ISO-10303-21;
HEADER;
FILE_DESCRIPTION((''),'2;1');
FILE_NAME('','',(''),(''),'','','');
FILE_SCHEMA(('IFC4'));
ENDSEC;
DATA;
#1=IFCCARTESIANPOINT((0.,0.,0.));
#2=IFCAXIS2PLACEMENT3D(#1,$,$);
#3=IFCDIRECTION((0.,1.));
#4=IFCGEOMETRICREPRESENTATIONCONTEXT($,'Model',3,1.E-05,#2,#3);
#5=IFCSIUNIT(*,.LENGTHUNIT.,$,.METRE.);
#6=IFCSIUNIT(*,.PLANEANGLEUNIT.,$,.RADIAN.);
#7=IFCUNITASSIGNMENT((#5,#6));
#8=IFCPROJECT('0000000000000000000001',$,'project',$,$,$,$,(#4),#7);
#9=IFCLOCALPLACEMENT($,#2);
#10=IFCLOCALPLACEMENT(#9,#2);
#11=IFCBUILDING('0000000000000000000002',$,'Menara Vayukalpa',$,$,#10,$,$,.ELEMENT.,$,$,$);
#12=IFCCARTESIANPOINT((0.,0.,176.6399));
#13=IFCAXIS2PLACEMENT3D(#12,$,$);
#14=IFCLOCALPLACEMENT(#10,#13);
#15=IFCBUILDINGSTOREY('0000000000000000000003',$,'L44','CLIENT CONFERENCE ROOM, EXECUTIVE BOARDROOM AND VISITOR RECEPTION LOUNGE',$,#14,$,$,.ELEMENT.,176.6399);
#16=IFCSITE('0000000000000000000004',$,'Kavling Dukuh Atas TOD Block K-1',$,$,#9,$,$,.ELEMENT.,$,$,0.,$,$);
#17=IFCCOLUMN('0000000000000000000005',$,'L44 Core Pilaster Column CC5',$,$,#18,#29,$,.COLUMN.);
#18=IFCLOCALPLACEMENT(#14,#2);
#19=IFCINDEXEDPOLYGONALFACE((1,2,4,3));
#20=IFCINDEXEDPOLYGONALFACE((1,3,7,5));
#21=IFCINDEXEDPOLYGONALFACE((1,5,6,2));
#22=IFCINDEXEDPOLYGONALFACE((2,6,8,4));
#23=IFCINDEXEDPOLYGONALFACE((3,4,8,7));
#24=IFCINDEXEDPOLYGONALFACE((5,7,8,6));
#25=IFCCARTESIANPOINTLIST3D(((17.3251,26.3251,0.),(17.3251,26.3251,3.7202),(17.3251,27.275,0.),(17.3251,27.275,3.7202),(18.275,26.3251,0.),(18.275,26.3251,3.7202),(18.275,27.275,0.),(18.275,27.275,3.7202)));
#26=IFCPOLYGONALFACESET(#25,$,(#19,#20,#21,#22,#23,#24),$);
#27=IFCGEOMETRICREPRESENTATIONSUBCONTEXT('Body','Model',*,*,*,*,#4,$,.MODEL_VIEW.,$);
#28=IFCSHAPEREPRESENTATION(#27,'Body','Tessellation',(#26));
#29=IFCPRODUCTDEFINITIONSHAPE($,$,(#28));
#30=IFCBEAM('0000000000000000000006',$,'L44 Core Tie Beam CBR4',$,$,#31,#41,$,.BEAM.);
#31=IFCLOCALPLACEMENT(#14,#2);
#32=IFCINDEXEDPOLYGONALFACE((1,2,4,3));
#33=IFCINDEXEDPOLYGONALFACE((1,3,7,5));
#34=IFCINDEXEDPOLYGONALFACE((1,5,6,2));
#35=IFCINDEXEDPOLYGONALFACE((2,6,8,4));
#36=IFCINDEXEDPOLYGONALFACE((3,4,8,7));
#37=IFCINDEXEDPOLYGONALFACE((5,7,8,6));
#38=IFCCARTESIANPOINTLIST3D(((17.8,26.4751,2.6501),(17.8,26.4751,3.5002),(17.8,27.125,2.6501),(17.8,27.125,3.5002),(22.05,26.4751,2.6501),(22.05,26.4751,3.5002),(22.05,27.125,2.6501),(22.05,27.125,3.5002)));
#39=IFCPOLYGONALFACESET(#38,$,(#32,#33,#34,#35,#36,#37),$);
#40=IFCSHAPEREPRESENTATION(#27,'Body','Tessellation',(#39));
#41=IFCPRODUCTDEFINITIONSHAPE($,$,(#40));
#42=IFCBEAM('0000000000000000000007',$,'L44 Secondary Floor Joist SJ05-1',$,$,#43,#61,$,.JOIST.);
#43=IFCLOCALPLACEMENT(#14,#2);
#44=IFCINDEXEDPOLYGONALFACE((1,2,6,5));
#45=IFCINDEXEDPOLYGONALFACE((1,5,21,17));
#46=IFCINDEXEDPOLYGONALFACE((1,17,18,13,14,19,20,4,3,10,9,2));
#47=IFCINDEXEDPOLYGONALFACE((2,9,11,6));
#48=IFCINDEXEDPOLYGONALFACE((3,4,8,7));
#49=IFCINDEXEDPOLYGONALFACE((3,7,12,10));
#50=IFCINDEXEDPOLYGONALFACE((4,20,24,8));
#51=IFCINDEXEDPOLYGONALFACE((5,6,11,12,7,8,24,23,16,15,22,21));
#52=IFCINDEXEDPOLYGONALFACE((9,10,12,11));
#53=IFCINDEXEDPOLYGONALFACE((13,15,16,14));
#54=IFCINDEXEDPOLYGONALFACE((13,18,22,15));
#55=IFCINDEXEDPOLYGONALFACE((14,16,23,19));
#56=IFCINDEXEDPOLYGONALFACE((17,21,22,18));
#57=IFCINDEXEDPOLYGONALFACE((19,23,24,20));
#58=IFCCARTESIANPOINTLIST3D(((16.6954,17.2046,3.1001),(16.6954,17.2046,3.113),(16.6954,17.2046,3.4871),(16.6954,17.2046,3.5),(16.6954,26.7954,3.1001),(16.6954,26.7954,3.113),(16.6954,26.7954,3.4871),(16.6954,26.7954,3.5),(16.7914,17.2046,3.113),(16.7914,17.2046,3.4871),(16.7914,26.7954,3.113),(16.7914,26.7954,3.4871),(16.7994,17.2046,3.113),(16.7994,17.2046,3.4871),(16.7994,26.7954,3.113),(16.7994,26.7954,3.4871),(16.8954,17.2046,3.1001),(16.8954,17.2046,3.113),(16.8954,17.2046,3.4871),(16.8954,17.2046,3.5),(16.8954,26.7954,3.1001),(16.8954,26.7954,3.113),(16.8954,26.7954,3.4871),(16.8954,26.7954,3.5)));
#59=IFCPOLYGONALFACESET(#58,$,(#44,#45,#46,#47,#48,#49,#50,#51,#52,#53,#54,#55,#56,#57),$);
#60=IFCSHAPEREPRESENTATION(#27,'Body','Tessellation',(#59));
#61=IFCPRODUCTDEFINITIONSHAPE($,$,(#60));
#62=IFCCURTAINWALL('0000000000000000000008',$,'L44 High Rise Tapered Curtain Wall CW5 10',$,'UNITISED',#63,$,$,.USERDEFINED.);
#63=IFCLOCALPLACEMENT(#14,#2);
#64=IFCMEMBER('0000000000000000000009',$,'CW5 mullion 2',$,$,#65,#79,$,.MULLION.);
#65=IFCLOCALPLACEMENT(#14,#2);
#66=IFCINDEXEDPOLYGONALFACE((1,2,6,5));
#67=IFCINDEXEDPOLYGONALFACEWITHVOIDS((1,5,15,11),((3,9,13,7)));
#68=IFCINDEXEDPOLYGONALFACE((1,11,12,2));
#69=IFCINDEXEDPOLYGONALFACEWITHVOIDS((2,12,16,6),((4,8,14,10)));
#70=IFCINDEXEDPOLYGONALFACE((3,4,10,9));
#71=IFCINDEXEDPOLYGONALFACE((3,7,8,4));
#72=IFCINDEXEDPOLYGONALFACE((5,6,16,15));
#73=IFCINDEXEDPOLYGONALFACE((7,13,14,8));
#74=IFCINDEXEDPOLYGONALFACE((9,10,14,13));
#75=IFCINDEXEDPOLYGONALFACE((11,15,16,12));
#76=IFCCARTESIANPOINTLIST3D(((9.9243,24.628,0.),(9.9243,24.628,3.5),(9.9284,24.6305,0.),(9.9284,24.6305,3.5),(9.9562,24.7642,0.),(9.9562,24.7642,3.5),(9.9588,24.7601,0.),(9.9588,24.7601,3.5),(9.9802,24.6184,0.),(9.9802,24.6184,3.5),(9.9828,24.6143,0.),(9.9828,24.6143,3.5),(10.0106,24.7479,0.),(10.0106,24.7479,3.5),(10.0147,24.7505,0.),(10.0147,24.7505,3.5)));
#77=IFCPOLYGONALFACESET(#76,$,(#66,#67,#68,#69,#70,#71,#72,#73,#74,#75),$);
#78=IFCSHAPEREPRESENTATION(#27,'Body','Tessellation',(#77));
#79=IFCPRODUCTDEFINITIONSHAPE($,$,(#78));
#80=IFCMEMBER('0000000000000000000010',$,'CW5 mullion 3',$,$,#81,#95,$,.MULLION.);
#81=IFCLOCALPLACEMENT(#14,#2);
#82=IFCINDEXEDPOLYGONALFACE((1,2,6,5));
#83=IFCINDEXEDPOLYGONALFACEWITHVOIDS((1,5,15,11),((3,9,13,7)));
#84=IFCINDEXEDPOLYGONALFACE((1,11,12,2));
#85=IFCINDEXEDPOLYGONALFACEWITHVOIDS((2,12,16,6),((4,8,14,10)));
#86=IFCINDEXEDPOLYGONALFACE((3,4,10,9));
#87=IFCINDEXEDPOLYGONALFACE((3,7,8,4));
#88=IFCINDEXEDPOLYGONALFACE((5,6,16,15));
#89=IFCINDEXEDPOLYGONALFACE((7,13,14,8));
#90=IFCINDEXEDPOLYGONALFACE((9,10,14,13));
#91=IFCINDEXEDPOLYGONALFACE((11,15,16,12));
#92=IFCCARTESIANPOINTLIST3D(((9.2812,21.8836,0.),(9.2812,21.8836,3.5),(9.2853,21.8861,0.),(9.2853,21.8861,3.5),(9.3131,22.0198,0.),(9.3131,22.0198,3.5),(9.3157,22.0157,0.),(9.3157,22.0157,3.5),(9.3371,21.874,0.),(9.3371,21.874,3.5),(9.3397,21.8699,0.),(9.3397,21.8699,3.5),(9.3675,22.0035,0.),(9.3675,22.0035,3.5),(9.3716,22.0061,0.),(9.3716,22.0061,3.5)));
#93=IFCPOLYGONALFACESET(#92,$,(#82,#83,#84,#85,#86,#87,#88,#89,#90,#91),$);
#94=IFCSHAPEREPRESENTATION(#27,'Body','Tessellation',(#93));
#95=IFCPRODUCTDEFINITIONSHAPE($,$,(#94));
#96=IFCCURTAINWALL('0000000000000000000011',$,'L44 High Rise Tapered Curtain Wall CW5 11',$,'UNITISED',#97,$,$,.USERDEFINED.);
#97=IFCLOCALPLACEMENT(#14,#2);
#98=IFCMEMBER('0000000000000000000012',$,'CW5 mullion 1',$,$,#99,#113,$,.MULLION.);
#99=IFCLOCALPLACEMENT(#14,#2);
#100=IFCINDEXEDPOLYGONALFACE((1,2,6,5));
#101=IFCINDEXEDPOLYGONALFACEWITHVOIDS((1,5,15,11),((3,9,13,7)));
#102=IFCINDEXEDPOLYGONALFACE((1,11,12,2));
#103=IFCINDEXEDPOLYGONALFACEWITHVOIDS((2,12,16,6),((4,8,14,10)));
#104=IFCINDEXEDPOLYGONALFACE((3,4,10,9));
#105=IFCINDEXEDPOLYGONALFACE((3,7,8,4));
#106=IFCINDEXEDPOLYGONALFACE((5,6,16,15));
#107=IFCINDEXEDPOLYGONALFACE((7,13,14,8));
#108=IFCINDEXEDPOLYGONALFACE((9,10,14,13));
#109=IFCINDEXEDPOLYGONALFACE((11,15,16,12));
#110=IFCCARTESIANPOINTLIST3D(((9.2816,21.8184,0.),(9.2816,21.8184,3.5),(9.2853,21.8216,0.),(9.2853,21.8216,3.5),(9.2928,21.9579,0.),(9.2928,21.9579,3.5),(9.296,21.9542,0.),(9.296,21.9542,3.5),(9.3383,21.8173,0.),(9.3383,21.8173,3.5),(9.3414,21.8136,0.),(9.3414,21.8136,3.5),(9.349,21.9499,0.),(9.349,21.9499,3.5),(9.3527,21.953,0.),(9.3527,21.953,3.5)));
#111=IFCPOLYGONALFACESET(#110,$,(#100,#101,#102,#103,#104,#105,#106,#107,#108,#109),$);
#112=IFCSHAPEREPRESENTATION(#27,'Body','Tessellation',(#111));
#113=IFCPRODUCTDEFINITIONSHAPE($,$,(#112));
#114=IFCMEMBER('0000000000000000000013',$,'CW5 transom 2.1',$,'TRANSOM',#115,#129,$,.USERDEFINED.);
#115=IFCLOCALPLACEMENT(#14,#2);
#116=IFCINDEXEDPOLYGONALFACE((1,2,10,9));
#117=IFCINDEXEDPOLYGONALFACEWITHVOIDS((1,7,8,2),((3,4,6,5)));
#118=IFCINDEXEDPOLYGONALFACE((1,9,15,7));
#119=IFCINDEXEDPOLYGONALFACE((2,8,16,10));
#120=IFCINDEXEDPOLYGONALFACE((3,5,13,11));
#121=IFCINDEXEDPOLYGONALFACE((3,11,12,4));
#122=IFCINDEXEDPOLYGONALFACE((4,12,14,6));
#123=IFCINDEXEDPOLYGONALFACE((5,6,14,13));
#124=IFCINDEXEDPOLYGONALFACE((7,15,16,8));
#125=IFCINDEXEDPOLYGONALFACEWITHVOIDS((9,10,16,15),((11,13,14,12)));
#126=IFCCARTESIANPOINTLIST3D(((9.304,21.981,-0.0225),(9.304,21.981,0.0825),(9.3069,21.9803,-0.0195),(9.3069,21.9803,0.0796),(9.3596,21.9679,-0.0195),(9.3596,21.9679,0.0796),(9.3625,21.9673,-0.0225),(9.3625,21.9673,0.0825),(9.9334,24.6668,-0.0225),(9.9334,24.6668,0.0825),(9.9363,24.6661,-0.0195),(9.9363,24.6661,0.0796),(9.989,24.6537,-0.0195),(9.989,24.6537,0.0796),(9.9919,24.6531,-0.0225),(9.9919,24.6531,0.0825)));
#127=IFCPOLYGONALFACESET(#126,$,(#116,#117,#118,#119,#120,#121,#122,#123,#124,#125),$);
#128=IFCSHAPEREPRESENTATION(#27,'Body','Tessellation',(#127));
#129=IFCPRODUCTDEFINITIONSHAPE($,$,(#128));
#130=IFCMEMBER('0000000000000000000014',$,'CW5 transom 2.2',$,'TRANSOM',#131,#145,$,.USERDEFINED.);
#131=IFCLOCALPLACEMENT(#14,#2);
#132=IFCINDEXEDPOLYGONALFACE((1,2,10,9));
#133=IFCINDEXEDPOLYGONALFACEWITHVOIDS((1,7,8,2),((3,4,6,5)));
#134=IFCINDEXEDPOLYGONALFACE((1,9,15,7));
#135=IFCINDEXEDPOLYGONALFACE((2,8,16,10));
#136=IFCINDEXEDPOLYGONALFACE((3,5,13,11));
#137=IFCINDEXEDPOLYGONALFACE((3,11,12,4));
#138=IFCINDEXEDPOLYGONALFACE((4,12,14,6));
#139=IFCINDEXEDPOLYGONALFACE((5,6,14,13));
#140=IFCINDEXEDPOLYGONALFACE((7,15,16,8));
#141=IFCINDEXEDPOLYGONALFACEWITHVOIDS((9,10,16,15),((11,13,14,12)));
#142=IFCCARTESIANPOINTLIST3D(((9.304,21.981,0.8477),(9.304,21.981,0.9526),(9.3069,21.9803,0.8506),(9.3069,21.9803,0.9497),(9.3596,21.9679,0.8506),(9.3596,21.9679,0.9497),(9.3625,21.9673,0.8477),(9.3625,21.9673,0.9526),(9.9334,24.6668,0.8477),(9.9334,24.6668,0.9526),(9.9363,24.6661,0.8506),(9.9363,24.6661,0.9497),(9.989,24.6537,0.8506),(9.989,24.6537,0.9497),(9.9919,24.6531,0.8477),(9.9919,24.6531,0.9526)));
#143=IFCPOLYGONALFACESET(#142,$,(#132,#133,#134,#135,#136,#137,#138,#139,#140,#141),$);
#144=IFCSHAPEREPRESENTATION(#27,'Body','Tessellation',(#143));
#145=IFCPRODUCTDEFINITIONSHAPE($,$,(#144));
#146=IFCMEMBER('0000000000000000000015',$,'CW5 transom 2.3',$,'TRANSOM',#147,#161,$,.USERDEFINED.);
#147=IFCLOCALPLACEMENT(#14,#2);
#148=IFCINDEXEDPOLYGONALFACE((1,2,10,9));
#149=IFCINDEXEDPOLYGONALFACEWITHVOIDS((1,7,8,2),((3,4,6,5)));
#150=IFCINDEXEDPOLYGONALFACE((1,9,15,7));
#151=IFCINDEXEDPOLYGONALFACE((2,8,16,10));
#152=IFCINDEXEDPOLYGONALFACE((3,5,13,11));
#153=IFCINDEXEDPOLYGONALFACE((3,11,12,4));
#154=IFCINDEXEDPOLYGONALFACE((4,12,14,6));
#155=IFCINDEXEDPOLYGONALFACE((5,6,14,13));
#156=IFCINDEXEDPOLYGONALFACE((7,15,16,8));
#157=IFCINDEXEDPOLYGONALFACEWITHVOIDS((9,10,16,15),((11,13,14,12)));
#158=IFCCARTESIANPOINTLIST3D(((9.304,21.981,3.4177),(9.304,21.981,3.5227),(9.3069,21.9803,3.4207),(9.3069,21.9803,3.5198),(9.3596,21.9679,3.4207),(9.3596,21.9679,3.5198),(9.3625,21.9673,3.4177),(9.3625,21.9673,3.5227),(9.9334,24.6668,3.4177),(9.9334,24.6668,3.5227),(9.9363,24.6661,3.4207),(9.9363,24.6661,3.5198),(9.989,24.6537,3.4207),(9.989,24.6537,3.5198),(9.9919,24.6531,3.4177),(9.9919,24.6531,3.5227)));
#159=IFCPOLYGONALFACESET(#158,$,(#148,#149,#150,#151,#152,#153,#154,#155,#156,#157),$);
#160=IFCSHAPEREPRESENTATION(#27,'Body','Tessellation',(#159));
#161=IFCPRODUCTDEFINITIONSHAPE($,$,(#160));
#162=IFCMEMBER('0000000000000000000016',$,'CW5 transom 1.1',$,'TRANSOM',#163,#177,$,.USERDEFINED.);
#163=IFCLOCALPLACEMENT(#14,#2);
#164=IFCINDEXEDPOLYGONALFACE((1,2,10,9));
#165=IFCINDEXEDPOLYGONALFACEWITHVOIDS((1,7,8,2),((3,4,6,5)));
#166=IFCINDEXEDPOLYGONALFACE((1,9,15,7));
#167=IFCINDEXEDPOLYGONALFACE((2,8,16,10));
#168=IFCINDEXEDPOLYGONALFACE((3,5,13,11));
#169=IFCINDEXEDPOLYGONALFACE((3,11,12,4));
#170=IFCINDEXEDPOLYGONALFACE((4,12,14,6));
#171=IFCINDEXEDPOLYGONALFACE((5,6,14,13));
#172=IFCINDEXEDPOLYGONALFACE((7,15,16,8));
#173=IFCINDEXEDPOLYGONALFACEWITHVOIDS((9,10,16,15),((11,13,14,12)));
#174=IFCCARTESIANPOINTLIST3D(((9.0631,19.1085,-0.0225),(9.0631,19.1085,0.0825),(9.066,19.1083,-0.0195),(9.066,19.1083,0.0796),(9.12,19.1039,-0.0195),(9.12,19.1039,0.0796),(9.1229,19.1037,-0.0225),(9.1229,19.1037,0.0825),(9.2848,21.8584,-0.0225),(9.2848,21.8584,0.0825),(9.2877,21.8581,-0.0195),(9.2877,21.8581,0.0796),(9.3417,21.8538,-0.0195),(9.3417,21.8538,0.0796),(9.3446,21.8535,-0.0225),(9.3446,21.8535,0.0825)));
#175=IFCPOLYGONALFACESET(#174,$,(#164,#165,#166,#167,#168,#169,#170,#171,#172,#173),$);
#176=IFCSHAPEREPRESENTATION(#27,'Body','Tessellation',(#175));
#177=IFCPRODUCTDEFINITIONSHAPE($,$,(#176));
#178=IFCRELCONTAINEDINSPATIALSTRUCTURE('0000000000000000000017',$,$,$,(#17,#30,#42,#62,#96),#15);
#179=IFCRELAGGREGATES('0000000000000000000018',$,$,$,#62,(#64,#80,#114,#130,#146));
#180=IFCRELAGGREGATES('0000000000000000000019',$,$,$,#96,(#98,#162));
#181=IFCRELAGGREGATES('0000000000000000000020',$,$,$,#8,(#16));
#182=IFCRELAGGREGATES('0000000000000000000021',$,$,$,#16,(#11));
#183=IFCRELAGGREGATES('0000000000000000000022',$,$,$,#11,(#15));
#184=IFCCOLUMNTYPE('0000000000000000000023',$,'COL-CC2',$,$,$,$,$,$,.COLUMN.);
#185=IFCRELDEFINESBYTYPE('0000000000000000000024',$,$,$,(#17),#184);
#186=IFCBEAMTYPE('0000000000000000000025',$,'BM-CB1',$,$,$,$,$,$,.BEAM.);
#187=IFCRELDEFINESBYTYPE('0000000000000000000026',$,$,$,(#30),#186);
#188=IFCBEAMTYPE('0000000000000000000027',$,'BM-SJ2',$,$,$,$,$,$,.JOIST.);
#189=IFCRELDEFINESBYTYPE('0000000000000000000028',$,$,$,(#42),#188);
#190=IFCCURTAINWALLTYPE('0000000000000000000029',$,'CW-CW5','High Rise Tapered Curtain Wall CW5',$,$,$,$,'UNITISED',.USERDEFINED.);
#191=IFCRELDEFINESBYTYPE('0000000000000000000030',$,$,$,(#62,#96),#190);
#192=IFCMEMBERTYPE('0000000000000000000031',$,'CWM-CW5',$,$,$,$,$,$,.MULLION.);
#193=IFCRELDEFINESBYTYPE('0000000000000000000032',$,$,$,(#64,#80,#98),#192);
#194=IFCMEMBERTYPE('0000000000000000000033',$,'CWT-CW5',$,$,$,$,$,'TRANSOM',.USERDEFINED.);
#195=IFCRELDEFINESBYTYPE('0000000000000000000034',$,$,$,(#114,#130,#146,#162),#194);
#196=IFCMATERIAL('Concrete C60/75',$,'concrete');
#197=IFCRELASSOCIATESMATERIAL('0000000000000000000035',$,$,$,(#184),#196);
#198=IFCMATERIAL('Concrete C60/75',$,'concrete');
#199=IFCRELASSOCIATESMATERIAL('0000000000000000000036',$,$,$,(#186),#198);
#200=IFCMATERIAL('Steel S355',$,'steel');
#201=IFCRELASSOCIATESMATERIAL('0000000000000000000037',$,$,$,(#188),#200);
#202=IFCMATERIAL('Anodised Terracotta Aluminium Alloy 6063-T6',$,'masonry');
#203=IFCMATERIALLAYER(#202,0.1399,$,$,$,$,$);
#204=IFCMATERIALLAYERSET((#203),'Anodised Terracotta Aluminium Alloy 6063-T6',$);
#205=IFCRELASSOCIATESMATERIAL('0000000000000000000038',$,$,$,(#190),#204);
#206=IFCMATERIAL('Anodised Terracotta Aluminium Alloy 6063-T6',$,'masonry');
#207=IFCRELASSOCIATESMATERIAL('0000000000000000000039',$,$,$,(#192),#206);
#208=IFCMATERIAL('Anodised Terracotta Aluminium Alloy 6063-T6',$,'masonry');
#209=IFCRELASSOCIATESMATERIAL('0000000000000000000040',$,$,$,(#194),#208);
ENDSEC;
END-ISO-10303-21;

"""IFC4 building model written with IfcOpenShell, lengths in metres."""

from ifc_helpers import new_model, si_unit, direction, frame, origin, origin_2d, place, context, subcontext, project, spatial, rectangle, hollow_rectangle, i_section, extrude, material, layer, layer_set, material_profile, profile_set, type_object, element, aggregate, save


model = new_model("IFC4")

# Units and contexts
model_context = context("Model", 3, precision=1e-05, world=origin(), true_north=direction((0.0, 1.0)))
body_context = subcontext(model_context, "Body", "Model", "MODEL_VIEW")
ifc_project = project(units=[si_unit("LENGTHUNIT", "METRE"), si_unit("PLANEANGLEUNIT", "RADIAN")], contexts=[model_context])

# Site, building, storey
site_placement = place(None, origin())
site = spatial("IfcSite", under=ifc_project, at=site_placement, Name="Kavling Dukuh Atas TOD Block K-1", CompositionType="ELEMENT", RefElevation=0.0)
building_placement = place(site_placement, origin())
building = spatial("IfcBuilding", under=site, at=building_placement, Name="Menara Vayukalpa", CompositionType="ELEMENT")
storey_placement = place(building_placement, frame((0.0, 0.0, 176.6399)))
storey = spatial("IfcBuildingStorey", under=building, at=storey_placement, Name="L44", Description="CLIENT CONFERENCE ROOM, EXECUTIVE BOARDROOM AND VISITOR RECEPTION LOUNGE", CompositionType="ELEMENT", Elevation=176.6399)

# Column
ifc_material_1 = material(Name="Concrete C60/75", Category="concrete")
ifc_material_profile_1 = material_profile(ifc_material_1, rectangle(XDim=0.95, YDim=0.95, at=origin_2d()), Name="RC 950x950")
ifc_profile_set_1 = profile_set([ifc_material_profile_1], Name="Concrete C60/75")
column_type = type_object("IfcColumnType", Name="COL-CC2", PredefinedType="COLUMN", material=ifc_profile_set_1)
column_placement = place(storey_placement, frame((17.8, 26.8, 0.0), z_axis=(0.0, 0.0, 1.0), x_axis=(1.0, 0.0, 0.0)))
element("IfcColumn", 1, at=column_placement, inside=storey, type_object=column_type, Name="L44 Core Pilaster Column CC5", PredefinedType="COLUMN", context=body_context, shape_type="SweptSolid", body=[
    extrude(rectangle(XDim=0.95, YDim=0.95, at=origin_2d()), origin(), (0.0, 0.0, 1.0), 3.7202),
])

# Beams
ifc_material_2 = material(Name="Concrete C60/75", Category="concrete")
ifc_material_profile_2 = material_profile(ifc_material_2, rectangle(XDim=0.6499, YDim=0.8501, at=origin_2d()), Name="RC 650x850")
ifc_profile_set_2 = profile_set([ifc_material_profile_2], Name="Concrete C60/75")
beam_type_1 = type_object("IfcBeamType", Name="BM-CB1", PredefinedType="BEAM", material=ifc_profile_set_2)
beam_1_placement = place(storey_placement, frame((17.8, 26.8, 3.0752), z_axis=(1.0, 0.0, 0.0), x_axis=(0.0, 1.0, 0.0)))
element("IfcBeam", 2, at=beam_1_placement, inside=storey, type_object=beam_type_1, Name="L44 Core Tie Beam CBR4", PredefinedType="BEAM", context=body_context, shape_type="SweptSolid", body=[
    extrude(rectangle(XDim=0.6499, YDim=0.8501, at=origin_2d()), origin(), (0.0, 0.0, 1.0), 4.25),
])
ifc_material_3 = material(Name="Steel S355", Category="steel")
ifc_material_profile_3 = material_profile(ifc_material_3, i_section(OverallWidth=0.2, OverallDepth=0.3999, WebThickness=0.0081, FlangeThickness=0.0129, at=origin_2d()), Name="WF 400x200x8x13")
ifc_profile_set_3 = profile_set([ifc_material_profile_3], Name="Steel S355")
beam_type_2 = type_object("IfcBeamType", Name="BM-SJ2", PredefinedType="JOIST", material=ifc_profile_set_3)
beam_2_placement = place(storey_placement, frame((16.7954, 26.7954, 3.3), z_axis=(0.0, -1.0, 0.0), x_axis=(1.0, 0.0, 0.0)))
element("IfcBeam", 3, at=beam_2_placement, inside=storey, type_object=beam_type_2, Name="L44 Secondary Floor Joist SJ05-1", PredefinedType="JOIST", context=body_context, shape_type="SweptSolid", body=[
    extrude(i_section(OverallWidth=0.2, OverallDepth=0.3999, WebThickness=0.0081, FlangeThickness=0.0129, at=origin_2d()), origin(), (0.0, 0.0, 1.0), 9.5908),
])

# Curtain wall, members
ifc_material_4 = material(Name="Anodised Terracotta Aluminium Alloy 6063-T6", Category="masonry")
ifc_layer_1 = layer(ifc_material_4, 0.1399)
ifc_layer_set_1 = layer_set([ifc_layer_1], Name="Anodised Terracotta Aluminium Alloy 6063-T6")
curtain_wall_type = type_object("IfcCurtainWallType", Name="CW-CW5", Description="High Rise Tapered Curtain Wall CW5", ElementType="UNITISED", PredefinedType="USERDEFINED", material=ifc_layer_set_1)
curtain_wall_1_placement = place(storey_placement, origin())
curtain_wall_1 = element("IfcCurtainWall", 4, at=curtain_wall_1_placement, inside=storey, type_object=curtain_wall_type, Name="L44 High Rise Tapered Curtain Wall CW5 10", ObjectType="UNITISED", PredefinedType="USERDEFINED")
ifc_material_5 = material(Name="Anodised Terracotta Aluminium Alloy 6063-T6", Category="masonry")
ifc_material_profile_4 = material_profile(ifc_material_5, hollow_rectangle(XDim=0.0601, YDim=0.1399, WallThickness=0.0034, at=origin_2d()), Name="ALU 60x140x3.5")
ifc_profile_set_4 = profile_set([ifc_material_profile_4], Name="Anodised Terracotta Aluminium Alloy 6063-T6")
member_type_1 = type_object("IfcMemberType", Name="CWM-CW5", PredefinedType="MULLION", material=ifc_profile_set_4)
member_1_placement = place(storey_placement, frame((9.9695, 24.6892, 0.0), z_axis=(0.0, 0.0, 1.0), x_axis=(0.973626, -0.228149, 0.0)))
member_1 = element("IfcMember", 5, at=member_1_placement, type_object=member_type_1, Name="CW5 mullion 2", PredefinedType="MULLION", context=body_context, shape_type="SweptSolid", body=[
    extrude(hollow_rectangle(XDim=0.0601, YDim=0.1399, WallThickness=0.0034, at=origin_2d()), origin(), (0.0, 0.0, 1.0), 3.5),
])
member_2_placement = place(storey_placement, frame((9.3264, 21.9448, 0.0), z_axis=(0.0, 0.0, 1.0), x_axis=(0.973626, -0.228149, 0.0)))
member_2 = element("IfcMember", 6, at=member_2_placement, type_object=member_type_1, Name="CW5 mullion 3", PredefinedType="MULLION", context=body_context, shape_type="SweptSolid", body=[
    extrude(hollow_rectangle(XDim=0.0601, YDim=0.1399, WallThickness=0.0034, at=origin_2d()), origin(), (0.0, 0.0, 1.0), 3.5),
])

# Curtain wall, member
curtain_wall_2_placement = place(storey_placement, origin())
curtain_wall_2 = element("IfcCurtainWall", 7, at=curtain_wall_2_placement, inside=storey, type_object=curtain_wall_type, Name="L44 High Rise Tapered Curtain Wall CW5 11", ObjectType="UNITISED", PredefinedType="USERDEFINED")
member_3_placement = place(storey_placement, frame((9.3171, 21.8857, 0.0), z_axis=(0.0, 0.0, 1.0), x_axis=(0.996765, -0.080374, 0.0)))
member_3 = element("IfcMember", 8, at=member_3_placement, type_object=member_type_1, Name="CW5 mullion 1", PredefinedType="MULLION", context=body_context, shape_type="SweptSolid", body=[
    extrude(hollow_rectangle(XDim=0.0601, YDim=0.1399, WallThickness=0.0034, at=origin_2d()), origin(), (0.0, 0.0, 1.0), 3.5),
])

# Members
ifc_material_6 = material(Name="Anodised Terracotta Aluminium Alloy 6063-T6", Category="masonry")
ifc_material_profile_5 = material_profile(ifc_material_6, hollow_rectangle(XDim=0.0601, YDim=0.105, WallThickness=0.0029, at=origin_2d()), Name="ALU 60x105x3")
ifc_profile_set_5 = profile_set([ifc_material_profile_5], Name="Anodised Terracotta Aluminium Alloy 6063-T6")
member_type_2 = type_object("IfcMemberType", Name="CWT-CW5", ElementType="TRANSOM", PredefinedType="USERDEFINED", material=ifc_profile_set_5)
member_4_placement = place(storey_placement, frame((9.9626, 24.6599, 0.03), z_axis=(-0.228161, -0.973623, 0.0), x_axis=(0.973623, -0.228161, 0.0)))
member_4 = element("IfcMember", 9, at=member_4_placement, type_object=member_type_2, Name="CW5 transom 2.1", ObjectType="TRANSOM", PredefinedType="USERDEFINED", context=body_context, shape_type="SweptSolid", body=[
    extrude(hollow_rectangle(XDim=0.0601, YDim=0.105, WallThickness=0.0029, at=origin_2d()), origin(), (0.0, 0.0, 1.0), 2.7585),
])
member_5_placement = place(storey_placement, frame((9.9626, 24.6599, 0.9001), z_axis=(-0.228161, -0.973623, 0.0), x_axis=(0.973623, -0.228161, 0.0)))
member_5 = element("IfcMember", 10, at=member_5_placement, type_object=member_type_2, Name="CW5 transom 2.2", ObjectType="TRANSOM", PredefinedType="USERDEFINED", context=body_context, shape_type="SweptSolid", body=[
    extrude(hollow_rectangle(XDim=0.0601, YDim=0.105, WallThickness=0.0029, at=origin_2d()), origin(), (0.0, 0.0, 1.0), 2.7585),
])
member_6_placement = place(storey_placement, frame((9.9626, 24.6599, 3.4702), z_axis=(-0.228161, -0.973623, 0.0), x_axis=(0.973623, -0.228161, 0.0)))
member_6 = element("IfcMember", 11, at=member_6_placement, type_object=member_type_2, Name="CW5 transom 2.3", ObjectType="TRANSOM", PredefinedType="USERDEFINED", context=body_context, shape_type="SweptSolid", body=[
    extrude(hollow_rectangle(XDim=0.0601, YDim=0.105, WallThickness=0.0029, at=origin_2d()), origin(), (0.0, 0.0, 1.0), 2.7585),
])
member_7_placement = place(storey_placement, frame((9.3147, 21.856, 0.03), z_axis=(-0.080357, -0.996766, 0.0), x_axis=(0.996766, -0.080357, 0.0)))
member_7 = element("IfcMember", 12, at=member_7_placement, type_object=member_type_2, Name="CW5 transom 1.1", ObjectType="TRANSOM", PredefinedType="USERDEFINED", context=body_context, shape_type="SweptSolid", body=[
    extrude(hollow_rectangle(XDim=0.0601, YDim=0.105, WallThickness=0.0029, at=origin_2d()), origin(), (0.0, 0.0, 1.0), 2.7588),
])

aggregate(curtain_wall_1, [member_1, member_2, member_4, member_5, member_6])
aggregate(curtain_wall_2, [member_3, member_7])

save(model, "model.ifc")
